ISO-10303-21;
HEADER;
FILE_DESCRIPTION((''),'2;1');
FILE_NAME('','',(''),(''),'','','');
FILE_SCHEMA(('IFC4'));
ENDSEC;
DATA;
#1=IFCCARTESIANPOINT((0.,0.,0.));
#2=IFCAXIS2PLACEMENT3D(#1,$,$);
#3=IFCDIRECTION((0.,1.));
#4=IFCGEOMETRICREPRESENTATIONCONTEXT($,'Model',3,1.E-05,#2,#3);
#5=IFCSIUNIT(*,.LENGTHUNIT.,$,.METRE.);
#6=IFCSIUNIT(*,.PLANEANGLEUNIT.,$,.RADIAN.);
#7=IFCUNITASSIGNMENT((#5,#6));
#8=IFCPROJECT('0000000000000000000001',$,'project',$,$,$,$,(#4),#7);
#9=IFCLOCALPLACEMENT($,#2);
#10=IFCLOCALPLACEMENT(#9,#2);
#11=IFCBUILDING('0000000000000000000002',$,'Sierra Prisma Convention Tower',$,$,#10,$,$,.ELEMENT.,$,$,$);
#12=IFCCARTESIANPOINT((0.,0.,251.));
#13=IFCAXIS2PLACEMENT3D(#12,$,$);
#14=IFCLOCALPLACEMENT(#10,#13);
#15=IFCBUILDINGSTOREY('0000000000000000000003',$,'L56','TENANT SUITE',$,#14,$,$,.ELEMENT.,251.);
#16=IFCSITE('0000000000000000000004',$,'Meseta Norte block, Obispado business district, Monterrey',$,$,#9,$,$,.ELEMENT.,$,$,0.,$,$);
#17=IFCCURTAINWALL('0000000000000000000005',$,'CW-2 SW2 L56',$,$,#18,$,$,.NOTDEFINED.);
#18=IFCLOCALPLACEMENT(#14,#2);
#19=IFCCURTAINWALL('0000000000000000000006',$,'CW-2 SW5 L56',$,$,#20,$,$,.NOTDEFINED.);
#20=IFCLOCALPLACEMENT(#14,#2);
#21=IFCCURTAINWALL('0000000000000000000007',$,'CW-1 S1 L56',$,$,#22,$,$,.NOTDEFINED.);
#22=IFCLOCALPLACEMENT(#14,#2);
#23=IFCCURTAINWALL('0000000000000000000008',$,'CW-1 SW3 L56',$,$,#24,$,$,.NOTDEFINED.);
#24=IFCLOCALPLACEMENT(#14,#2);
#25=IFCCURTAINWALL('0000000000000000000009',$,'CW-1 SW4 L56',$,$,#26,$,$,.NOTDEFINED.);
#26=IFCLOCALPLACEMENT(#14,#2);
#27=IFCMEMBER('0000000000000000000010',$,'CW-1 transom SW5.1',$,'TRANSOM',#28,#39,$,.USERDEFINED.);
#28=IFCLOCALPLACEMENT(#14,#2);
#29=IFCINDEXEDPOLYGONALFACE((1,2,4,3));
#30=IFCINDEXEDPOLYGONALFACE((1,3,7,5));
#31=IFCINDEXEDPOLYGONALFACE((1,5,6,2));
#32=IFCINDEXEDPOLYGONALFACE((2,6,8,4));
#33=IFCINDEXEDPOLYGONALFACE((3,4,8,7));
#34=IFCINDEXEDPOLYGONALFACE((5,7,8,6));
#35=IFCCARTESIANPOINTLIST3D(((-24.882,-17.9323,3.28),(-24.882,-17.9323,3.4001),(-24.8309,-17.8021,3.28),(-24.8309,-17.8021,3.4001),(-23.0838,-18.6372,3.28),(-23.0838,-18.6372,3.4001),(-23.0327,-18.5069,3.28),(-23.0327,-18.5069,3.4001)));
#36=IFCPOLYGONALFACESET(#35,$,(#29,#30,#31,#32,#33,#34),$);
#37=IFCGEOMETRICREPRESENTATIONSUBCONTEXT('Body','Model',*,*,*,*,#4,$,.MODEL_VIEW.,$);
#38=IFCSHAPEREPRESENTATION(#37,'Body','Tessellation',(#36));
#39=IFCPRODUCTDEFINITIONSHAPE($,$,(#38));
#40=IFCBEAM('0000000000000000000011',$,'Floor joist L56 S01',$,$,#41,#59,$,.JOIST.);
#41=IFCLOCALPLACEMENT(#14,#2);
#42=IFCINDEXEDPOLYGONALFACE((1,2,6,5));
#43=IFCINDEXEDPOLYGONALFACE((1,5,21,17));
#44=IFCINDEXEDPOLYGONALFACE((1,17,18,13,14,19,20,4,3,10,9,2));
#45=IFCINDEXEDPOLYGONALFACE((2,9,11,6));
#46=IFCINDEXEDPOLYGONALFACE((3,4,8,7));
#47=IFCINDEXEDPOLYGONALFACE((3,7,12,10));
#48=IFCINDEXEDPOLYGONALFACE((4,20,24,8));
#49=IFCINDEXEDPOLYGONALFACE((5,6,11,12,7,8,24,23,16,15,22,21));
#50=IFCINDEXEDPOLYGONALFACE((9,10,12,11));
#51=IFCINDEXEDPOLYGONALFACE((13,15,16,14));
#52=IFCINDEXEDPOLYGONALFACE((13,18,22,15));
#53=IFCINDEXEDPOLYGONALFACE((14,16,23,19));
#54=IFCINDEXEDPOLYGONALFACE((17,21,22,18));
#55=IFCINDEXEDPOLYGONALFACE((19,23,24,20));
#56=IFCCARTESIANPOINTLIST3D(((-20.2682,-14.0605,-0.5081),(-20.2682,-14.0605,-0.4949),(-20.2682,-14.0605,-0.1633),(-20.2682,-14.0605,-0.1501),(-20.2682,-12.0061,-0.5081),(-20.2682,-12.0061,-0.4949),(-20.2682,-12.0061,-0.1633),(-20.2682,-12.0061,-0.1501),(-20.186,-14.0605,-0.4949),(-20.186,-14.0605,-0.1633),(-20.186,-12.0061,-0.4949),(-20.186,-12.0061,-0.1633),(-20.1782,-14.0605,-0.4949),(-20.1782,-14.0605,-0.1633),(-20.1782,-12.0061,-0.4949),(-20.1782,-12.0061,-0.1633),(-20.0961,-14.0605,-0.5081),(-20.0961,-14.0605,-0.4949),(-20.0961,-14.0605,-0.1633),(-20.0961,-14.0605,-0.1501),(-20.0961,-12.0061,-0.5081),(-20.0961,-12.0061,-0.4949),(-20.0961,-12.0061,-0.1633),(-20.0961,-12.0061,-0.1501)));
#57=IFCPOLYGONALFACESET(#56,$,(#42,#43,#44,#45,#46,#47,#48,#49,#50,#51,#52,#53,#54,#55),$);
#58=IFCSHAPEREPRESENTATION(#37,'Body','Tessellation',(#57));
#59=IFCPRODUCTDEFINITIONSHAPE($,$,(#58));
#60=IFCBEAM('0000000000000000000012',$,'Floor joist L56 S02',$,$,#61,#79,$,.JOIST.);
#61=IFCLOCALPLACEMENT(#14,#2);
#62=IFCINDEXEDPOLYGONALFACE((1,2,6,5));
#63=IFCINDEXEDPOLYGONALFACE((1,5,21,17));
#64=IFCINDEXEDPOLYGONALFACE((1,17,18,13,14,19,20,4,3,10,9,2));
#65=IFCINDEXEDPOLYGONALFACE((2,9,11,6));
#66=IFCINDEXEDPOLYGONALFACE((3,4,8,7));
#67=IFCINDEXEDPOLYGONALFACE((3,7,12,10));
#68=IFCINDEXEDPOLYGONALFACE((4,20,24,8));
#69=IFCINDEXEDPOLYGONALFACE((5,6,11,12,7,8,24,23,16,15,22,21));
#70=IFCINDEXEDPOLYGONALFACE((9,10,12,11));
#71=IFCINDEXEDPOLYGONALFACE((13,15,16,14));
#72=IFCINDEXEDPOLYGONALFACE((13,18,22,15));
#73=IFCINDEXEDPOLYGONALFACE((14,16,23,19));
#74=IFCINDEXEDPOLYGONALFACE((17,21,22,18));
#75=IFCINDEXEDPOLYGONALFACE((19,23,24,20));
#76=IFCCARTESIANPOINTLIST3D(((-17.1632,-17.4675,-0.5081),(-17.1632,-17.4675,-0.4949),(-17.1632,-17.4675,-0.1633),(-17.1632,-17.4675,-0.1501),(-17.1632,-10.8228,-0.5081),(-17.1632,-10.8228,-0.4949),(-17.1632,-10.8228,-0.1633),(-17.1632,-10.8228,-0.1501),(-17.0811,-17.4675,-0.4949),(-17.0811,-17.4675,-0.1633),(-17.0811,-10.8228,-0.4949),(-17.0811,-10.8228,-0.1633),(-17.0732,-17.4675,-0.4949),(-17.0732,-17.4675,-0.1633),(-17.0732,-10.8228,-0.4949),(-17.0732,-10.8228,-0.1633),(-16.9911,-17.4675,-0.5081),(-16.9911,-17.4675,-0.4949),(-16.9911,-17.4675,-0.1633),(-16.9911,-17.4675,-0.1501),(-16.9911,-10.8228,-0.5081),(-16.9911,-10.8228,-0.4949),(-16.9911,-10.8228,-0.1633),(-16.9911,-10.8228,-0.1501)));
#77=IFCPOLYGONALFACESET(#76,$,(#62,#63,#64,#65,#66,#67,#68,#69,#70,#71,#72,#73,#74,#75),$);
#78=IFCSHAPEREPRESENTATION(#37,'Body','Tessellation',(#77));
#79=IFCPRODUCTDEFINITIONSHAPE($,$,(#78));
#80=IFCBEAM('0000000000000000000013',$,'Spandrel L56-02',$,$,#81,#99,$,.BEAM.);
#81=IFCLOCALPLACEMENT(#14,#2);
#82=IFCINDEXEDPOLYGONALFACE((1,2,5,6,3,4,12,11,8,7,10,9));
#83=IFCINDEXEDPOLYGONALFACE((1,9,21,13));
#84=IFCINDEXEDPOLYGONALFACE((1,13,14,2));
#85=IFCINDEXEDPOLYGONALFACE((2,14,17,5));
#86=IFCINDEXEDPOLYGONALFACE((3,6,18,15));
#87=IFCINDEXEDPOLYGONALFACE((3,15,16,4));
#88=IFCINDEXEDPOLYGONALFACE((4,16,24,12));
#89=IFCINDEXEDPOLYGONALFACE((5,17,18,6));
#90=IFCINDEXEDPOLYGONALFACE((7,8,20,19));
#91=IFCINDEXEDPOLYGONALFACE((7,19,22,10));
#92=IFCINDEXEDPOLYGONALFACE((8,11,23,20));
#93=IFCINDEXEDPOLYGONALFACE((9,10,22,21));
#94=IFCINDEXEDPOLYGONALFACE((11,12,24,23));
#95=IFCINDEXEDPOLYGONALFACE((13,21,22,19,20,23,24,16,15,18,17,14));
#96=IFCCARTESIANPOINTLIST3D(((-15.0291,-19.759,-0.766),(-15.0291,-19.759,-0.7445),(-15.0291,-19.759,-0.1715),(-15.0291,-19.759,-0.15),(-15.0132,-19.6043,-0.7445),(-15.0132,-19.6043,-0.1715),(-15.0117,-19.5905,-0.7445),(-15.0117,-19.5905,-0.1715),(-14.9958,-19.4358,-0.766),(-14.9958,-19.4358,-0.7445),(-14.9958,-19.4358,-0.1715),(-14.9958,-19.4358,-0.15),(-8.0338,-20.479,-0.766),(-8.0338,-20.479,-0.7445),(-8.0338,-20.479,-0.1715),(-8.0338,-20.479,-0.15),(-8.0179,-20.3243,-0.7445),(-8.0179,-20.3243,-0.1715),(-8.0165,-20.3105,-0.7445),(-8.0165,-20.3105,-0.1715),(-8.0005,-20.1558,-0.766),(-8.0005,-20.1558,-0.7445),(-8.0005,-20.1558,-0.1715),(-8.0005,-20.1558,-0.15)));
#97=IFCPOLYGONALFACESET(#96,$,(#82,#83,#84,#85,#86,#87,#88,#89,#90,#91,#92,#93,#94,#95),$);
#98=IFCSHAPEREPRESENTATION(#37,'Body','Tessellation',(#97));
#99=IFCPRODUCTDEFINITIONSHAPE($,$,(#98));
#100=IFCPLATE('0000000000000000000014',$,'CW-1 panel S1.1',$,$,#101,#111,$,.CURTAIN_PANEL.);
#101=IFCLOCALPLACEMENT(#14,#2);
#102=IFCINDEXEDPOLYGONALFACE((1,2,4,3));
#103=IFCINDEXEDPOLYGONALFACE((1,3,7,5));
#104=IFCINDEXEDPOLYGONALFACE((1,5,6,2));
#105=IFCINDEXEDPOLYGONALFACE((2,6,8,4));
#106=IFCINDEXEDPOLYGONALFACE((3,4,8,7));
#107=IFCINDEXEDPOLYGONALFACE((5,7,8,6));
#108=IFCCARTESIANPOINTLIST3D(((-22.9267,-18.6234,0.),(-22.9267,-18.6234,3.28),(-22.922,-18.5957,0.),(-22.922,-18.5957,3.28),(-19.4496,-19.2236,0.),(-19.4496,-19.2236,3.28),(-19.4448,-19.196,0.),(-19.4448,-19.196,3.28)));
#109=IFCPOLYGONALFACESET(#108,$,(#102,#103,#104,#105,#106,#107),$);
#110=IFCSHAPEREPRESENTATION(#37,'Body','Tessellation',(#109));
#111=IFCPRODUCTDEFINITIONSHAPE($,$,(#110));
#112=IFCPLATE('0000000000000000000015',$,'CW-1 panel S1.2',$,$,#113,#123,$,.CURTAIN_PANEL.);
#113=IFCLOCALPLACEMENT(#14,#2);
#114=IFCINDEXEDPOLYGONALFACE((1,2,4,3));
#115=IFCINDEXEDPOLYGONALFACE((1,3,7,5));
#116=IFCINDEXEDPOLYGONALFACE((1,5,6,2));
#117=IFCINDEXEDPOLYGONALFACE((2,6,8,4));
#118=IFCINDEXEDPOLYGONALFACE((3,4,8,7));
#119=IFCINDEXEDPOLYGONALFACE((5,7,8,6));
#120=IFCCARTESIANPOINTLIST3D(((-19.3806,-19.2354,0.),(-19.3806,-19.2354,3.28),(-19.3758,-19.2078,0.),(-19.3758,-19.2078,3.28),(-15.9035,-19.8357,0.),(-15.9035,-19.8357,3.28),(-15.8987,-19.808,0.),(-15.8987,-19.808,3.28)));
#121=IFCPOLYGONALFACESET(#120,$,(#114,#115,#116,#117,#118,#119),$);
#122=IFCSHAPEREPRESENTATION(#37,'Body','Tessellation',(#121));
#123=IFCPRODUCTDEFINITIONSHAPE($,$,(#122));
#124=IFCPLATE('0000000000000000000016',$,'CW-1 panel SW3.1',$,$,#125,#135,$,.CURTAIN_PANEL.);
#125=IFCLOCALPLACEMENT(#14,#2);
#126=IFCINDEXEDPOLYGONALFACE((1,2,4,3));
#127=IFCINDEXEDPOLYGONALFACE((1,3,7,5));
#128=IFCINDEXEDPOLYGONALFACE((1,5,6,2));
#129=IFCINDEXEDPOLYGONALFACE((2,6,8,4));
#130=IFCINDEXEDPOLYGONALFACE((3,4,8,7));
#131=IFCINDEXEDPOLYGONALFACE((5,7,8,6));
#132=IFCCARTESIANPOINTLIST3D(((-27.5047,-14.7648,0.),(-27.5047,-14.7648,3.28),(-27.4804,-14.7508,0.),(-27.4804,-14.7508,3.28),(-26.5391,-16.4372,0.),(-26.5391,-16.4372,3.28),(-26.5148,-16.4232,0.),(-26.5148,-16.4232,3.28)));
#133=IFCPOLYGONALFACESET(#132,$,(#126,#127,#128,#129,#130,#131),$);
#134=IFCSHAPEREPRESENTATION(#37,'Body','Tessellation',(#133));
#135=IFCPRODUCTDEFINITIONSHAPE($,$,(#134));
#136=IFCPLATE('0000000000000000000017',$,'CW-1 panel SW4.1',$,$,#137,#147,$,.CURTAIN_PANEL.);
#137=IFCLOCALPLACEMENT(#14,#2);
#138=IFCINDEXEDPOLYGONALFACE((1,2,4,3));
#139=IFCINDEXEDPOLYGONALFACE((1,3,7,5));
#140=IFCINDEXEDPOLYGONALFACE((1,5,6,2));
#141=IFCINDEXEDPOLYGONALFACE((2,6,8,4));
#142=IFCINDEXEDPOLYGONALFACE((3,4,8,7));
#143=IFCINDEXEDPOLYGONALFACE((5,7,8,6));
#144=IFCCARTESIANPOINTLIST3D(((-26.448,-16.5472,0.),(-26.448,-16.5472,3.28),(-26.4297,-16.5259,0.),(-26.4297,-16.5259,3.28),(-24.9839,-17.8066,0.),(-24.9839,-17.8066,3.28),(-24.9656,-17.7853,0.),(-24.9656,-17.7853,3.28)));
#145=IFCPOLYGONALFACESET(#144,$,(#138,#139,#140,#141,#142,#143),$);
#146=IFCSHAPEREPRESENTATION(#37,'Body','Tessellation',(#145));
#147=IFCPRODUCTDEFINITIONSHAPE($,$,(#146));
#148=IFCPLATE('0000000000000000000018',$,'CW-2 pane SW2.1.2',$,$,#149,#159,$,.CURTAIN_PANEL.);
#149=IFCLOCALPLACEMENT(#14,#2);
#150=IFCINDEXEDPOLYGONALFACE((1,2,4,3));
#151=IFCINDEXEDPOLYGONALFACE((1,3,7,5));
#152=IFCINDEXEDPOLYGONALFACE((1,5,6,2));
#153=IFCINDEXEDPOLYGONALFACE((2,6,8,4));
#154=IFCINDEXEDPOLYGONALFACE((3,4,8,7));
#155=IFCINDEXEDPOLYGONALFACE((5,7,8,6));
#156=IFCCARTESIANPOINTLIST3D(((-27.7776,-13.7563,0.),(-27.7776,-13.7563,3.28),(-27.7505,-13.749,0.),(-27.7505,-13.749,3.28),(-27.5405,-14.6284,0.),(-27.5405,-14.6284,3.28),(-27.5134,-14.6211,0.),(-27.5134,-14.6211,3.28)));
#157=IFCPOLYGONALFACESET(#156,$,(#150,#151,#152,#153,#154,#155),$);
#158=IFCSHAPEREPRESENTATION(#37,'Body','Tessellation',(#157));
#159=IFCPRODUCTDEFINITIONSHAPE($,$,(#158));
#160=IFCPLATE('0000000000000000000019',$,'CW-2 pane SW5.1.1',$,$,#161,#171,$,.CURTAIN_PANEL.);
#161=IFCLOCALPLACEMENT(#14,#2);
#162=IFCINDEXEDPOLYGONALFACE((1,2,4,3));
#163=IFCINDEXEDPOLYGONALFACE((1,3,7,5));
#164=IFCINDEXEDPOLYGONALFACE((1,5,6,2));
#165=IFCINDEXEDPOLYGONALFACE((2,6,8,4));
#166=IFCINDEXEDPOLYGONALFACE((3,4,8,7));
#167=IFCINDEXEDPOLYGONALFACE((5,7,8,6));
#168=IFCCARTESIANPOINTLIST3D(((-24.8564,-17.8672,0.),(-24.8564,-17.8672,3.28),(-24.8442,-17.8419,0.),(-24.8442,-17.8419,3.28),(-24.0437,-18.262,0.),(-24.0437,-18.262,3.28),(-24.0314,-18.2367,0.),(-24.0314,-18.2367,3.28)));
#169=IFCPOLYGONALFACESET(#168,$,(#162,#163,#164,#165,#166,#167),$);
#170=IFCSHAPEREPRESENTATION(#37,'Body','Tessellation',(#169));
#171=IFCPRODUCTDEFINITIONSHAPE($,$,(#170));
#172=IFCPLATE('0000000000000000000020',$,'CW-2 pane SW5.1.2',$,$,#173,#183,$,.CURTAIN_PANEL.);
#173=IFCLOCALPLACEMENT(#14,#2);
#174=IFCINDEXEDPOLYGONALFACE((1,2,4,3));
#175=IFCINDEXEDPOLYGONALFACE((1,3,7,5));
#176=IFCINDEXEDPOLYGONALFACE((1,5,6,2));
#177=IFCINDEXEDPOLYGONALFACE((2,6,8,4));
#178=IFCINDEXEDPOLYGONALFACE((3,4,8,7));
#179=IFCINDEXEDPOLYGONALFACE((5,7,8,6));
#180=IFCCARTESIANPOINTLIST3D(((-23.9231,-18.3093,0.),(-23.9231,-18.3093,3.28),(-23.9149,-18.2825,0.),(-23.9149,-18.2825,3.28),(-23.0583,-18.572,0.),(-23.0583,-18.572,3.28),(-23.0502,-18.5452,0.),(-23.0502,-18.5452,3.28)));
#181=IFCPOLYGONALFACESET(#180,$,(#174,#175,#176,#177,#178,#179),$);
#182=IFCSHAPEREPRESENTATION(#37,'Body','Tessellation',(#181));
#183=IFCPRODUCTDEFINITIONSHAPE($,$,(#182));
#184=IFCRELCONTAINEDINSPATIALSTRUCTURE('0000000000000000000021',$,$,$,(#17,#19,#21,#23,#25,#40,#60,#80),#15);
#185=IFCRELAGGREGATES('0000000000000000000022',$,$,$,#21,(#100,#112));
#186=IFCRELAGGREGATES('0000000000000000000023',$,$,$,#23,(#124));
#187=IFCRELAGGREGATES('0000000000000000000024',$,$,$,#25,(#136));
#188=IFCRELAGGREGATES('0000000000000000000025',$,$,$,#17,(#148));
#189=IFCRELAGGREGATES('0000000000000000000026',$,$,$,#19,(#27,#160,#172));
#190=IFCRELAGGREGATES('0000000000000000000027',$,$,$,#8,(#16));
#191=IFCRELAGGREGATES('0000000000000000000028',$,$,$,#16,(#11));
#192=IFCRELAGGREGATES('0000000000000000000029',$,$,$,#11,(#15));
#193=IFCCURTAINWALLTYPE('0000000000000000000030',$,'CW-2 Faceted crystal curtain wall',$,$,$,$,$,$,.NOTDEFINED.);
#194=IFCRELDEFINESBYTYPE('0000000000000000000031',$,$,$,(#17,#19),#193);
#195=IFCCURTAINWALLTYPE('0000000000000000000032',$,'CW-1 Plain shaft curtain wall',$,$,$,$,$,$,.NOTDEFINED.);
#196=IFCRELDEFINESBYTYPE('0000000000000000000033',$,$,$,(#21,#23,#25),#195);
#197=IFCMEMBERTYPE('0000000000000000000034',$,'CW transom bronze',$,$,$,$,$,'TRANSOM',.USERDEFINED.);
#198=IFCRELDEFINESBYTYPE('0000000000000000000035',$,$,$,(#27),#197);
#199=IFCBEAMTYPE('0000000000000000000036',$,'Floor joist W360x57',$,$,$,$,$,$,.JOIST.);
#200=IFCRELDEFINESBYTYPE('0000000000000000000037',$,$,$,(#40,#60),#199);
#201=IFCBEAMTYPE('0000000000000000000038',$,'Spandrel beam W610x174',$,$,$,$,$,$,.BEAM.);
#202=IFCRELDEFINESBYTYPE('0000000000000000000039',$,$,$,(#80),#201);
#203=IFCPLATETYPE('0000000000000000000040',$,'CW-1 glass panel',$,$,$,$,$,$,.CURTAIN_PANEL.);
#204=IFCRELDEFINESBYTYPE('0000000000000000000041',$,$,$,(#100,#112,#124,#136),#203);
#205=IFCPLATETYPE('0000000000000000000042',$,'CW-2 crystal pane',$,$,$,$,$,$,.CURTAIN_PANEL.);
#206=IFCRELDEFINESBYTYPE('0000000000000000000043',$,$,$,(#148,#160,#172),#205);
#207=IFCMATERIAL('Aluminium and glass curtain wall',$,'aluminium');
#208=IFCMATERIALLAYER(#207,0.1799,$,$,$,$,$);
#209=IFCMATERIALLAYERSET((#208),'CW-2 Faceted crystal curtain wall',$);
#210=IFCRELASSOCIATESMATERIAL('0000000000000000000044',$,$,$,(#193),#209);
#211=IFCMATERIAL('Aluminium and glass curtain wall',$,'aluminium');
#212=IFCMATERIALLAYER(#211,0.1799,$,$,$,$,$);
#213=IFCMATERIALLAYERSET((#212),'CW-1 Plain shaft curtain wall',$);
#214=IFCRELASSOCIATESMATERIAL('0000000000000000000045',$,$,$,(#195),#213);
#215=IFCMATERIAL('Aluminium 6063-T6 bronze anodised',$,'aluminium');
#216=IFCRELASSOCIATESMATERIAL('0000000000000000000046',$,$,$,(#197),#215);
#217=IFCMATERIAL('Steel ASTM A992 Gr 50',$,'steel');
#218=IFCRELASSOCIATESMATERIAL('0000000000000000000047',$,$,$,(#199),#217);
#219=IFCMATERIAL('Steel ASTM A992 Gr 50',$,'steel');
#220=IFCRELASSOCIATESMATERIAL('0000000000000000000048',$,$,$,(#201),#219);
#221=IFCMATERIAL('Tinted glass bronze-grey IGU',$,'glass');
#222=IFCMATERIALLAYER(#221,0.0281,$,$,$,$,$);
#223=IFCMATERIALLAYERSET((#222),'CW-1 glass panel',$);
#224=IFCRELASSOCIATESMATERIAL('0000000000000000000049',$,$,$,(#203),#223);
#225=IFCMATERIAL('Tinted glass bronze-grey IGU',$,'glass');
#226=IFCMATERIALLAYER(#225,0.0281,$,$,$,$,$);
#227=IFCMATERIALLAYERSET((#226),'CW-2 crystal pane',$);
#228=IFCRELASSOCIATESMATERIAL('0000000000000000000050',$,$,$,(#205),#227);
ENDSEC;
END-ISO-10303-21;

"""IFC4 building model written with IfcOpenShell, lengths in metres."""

from ifc_helpers import new_model, si_unit, direction, frame, origin, origin_2d, place, context, subcontext, project, spatial, polyline, rectangle, i_section, outline, extrude, material, layer, layer_set, material_profile, profile_set, type_object, element, aggregate, save


model = new_model("IFC4")

# Units and contexts
model_context = context("Model", 3, precision=1e-05, world=origin(), true_north=direction((0.0, 1.0)))
body_context = subcontext(model_context, "Body", "Model", "MODEL_VIEW")
ifc_project = project(units=[si_unit("LENGTHUNIT", "METRE"), si_unit("PLANEANGLEUNIT", "RADIAN")], contexts=[model_context])

# Site, building, storey
site_placement = place(None, origin())
site = spatial("IfcSite", under=ifc_project, at=site_placement, Name="Meseta Norte block, Obispado business district, Monterrey", CompositionType="ELEMENT", RefElevation=0.0)
building_placement = place(site_placement, origin())
building = spatial("IfcBuilding", under=site, at=building_placement, Name="Sierra Prisma Convention Tower", CompositionType="ELEMENT")
storey_placement = place(building_placement, frame((0.0, 0.0, 251.0)))
storey = spatial("IfcBuildingStorey", under=building, at=storey_placement, Name="L56", Description="TENANT SUITE", CompositionType="ELEMENT", Elevation=251.0)

# Curtain walls
ifc_material_1 = material(Name="Aluminium and glass curtain wall", Category="aluminium")
ifc_layer_1 = layer(ifc_material_1, 0.1799)
ifc_layer_set_1 = layer_set([ifc_layer_1], Name="CW-2 Faceted crystal curtain wall")
curtain_wall_type_1 = type_object("IfcCurtainWallType", Name="CW-2 Faceted crystal curtain wall", PredefinedType="NOTDEFINED", material=ifc_layer_set_1)
curtain_wall_1_placement = place(storey_placement, origin())
curtain_wall_1 = element("IfcCurtainWall", 1, at=curtain_wall_1_placement, inside=storey, type_object=curtain_wall_type_1, Name="CW-2 SW2 L56", PredefinedType="NOTDEFINED")
curtain_wall_2_placement = place(storey_placement, origin())
curtain_wall_2 = element("IfcCurtainWall", 2, at=curtain_wall_2_placement, inside=storey, type_object=curtain_wall_type_1, Name="CW-2 SW5 L56", PredefinedType="NOTDEFINED")

# Curtain wall
ifc_material_2 = material(Name="Aluminium and glass curtain wall", Category="aluminium")
ifc_layer_2 = layer(ifc_material_2, 0.1799)
ifc_layer_set_2 = layer_set([ifc_layer_2], Name="CW-1 Plain shaft curtain wall")
curtain_wall_type_2 = type_object("IfcCurtainWallType", Name="CW-1 Plain shaft curtain wall", PredefinedType="NOTDEFINED", material=ifc_layer_set_2)
curtain_wall_3_placement = place(storey_placement, origin())
curtain_wall_3 = element("IfcCurtainWall", 3, at=curtain_wall_3_placement, inside=storey, type_object=curtain_wall_type_2, Name="CW-1 S1 L56", PredefinedType="NOTDEFINED")

# Curtain walls
curtain_wall_4_placement = place(storey_placement, origin())
curtain_wall_4 = element("IfcCurtainWall", 4, at=curtain_wall_4_placement, inside=storey, type_object=curtain_wall_type_2, Name="CW-1 SW3 L56", PredefinedType="NOTDEFINED")
curtain_wall_5_placement = place(storey_placement, origin())
curtain_wall_5 = element("IfcCurtainWall", 5, at=curtain_wall_5_placement, inside=storey, type_object=curtain_wall_type_2, Name="CW-1 SW4 L56", PredefinedType="NOTDEFINED")

# Member
ifc_material_3 = material(Name="Aluminium 6063-T6 bronze anodised", Category="aluminium")
ifc_material_profile_1 = material_profile(ifc_material_3, rectangle(XDim=0.1399, YDim=0.1201, at=origin_2d()), Name="ALU TRANSOM 120x140")
ifc_profile_set_1 = profile_set([ifc_material_profile_1], Name="Aluminium 6063-T6 bronze anodised")
member_type_1 = type_object("IfcMemberType", Name="CW transom bronze", ElementType="TRANSOM", PredefinedType="USERDEFINED", material=ifc_profile_set_1)
member_1_placement = place(storey_placement, frame((-24.8564, -17.8672, 3.3401), z_axis=(0.931026, -0.364952, 0.0), x_axis=(0.364952, 0.931026, 0.0)))
member_1 = element("IfcMember", 6, at=member_1_placement, type_object=member_type_1, Name="CW-1 transom SW5.1", ObjectType="TRANSOM", PredefinedType="USERDEFINED", context=body_context, shape_type="SweptSolid", body=[
    extrude(rectangle(XDim=0.1399, YDim=0.1201, at=origin_2d()), origin(), (0.0, 0.0, 1.0), 1.9314),
])

# Beams
ifc_material_4 = material(Name="Steel ASTM A992 Gr 50", Category="steel")
ifc_material_profile_2 = material_profile(ifc_material_4, i_section(OverallWidth=0.1721, OverallDepth=0.3579, WebThickness=0.0078, FlangeThickness=0.0132, at=origin_2d()), Name="W360x57")
ifc_profile_set_2 = profile_set([ifc_material_profile_2], Name="Steel ASTM A992 Gr 50")
beam_type_1 = type_object("IfcBeamType", Name="Floor joist W360x57", PredefinedType="JOIST", material=ifc_profile_set_2)
beam_1_placement = place(storey_placement, frame((-20.1821, -14.0605, -0.3291), z_axis=(0.0, 1.0, 0.0), x_axis=(-1.0, 0.0, 0.0)))
element("IfcBeam", 7, at=beam_1_placement, inside=storey, type_object=beam_type_1, Name="Floor joist L56 S01", PredefinedType="JOIST", context=body_context, shape_type="SweptSolid", body=[
    extrude(i_section(OverallWidth=0.1721, OverallDepth=0.3579, WebThickness=0.0078, FlangeThickness=0.0132, at=origin_2d()), origin(), (0.0, 0.0, 1.0), 2.0544),
])
beam_2_placement = place(storey_placement, frame((-17.0771, -17.4675, -0.3291), z_axis=(0.0, 1.0, 0.0), x_axis=(-1.0, 0.0, 0.0)))
element("IfcBeam", 8, at=beam_2_placement, inside=storey, type_object=beam_type_1, Name="Floor joist L56 S02", PredefinedType="JOIST", context=body_context, shape_type="SweptSolid", body=[
    extrude(i_section(OverallWidth=0.1721, OverallDepth=0.3579, WebThickness=0.0078, FlangeThickness=0.0132, at=origin_2d()), origin(), (0.0, 0.0, 1.0), 6.6448),
])
ifc_material_5 = material(Name="Steel ASTM A992 Gr 50", Category="steel")
ifc_material_profile_3 = material_profile(ifc_material_5, i_section(OverallWidth=0.325, OverallDepth=0.616, WebThickness=0.0139, FlangeThickness=0.0215, at=origin_2d()), Name="W610x174")
ifc_profile_set_3 = profile_set([ifc_material_profile_3], Name="Steel ASTM A992 Gr 50")
beam_type_2 = type_object("IfcBeamType", Name="Spandrel beam W610x174", PredefinedType="BEAM", material=ifc_profile_set_3)
beam_3_placement = place(storey_placement, frame((-15.0125, -19.5974, -0.458), z_axis=(0.994745, -0.10238, 0.0), x_axis=(0.10238, 0.994745, 0.0)))
element("IfcBeam", 9, at=beam_3_placement, inside=storey, type_object=beam_type_2, Name="Spandrel L56-02", PredefinedType="BEAM", context=body_context, shape_type="SweptSolid", body=[
    extrude(i_section(OverallWidth=0.325, OverallDepth=0.616, WebThickness=0.0139, FlangeThickness=0.0215, at=origin_2d()), origin(), (0.0, 0.0, 1.0), 7.0322),
])

# Plates
ifc_material_6 = material(Name="Tinted glass bronze-grey IGU", Category="glass")
ifc_layer_3 = layer(ifc_material_6, 0.0281)
ifc_layer_set_3 = layer_set([ifc_layer_3], Name="CW-1 glass panel")
plate_type_1 = type_object("IfcPlateType", Name="CW-1 glass panel", PredefinedType="CURTAIN_PANEL", material=ifc_layer_set_3)
plate_1_placement = place(storey_placement, frame((-21.1858, -18.9097, 0.0), z_axis=(0.0, 0.0, 1.0), x_axis=(0.985423, -0.170121, 0.0)))
plate_1 = element("IfcPlate", 10, at=plate_1_placement, type_object=plate_type_1, Name="CW-1 panel S1.1", PredefinedType="CURTAIN_PANEL", context=body_context, shape_type="SweptSolid", body=[
    extrude(rectangle(XDim=3.5286, YDim=0.0281, at=origin_2d()), origin(), (0.0, 0.0, 1.0), 3.28),
])
plate_2_placement = place(storey_placement, frame((-17.6396, -19.5217, 0.0), z_axis=(0.0, 0.0, 1.0), x_axis=(0.985423, -0.170121, 0.0)))
plate_2 = element("IfcPlate", 11, at=plate_2_placement, type_object=plate_type_1, Name="CW-1 panel S1.2", PredefinedType="CURTAIN_PANEL", context=body_context, shape_type="SweptSolid", body=[
    extrude(rectangle(XDim=3.5286, YDim=0.0281, at=origin_2d()), origin(), (0.0, 0.0, 1.0), 3.28),
])
aggregate(curtain_wall_3, [plate_1, plate_2])
plate_3_placement = place(storey_placement, frame((-27.0098, -15.594, 0.0), z_axis=(0.0, 0.0, 1.0), x_axis=(0.5, -0.866025, 0.0)))
plate_3 = element("IfcPlate", 12, at=plate_3_placement, type_object=plate_type_1, Name="CW-1 panel SW3.1", PredefinedType="CURTAIN_PANEL", context=body_context, shape_type="SweptSolid", body=[
    extrude(rectangle(XDim=1.9312, YDim=0.0281, at=origin_2d()), origin(), (0.0, 0.0, 1.0), 3.28),
])
aggregate(curtain_wall_4, [plate_3])
plate_4_placement = place(storey_placement, frame((-25.7068, -17.1663, 0.0), z_axis=(0.0, 0.0, 1.0), x_axis=(0.758117, -0.652119, 0.0)))
plate_4 = element("IfcPlate", 13, at=plate_4_placement, type_object=plate_type_1, Name="CW-1 panel SW4.1", PredefinedType="CURTAIN_PANEL", context=body_context, shape_type="SweptSolid", body=[
    extrude(rectangle(XDim=1.9312, YDim=0.0281, at=origin_2d()), origin(), (0.0, 0.0, 1.0), 3.28),
])
aggregate(curtain_wall_5, [plate_4])
ifc_material_7 = material(Name="Tinted glass bronze-grey IGU", Category="glass")
ifc_layer_4 = layer(ifc_material_7, 0.0281)
ifc_layer_set_4 = layer_set([ifc_layer_4], Name="CW-2 crystal pane")
plate_type_2 = type_object("IfcPlateType", Name="CW-2 crystal pane", PredefinedType="CURTAIN_PANEL", material=ifc_layer_set_4)
plate_5_placement = place(storey_placement, frame((-27.5405, -14.6284, 0.0), z_axis=(-0.964982, -0.262317, 0.0), x_axis=(-0.262317, 0.964982, 0.0)))
plate_5 = element("IfcPlate", 14, at=plate_5_placement, type_object=plate_type_2, Name="CW-2 pane SW2.1.2", PredefinedType="CURTAIN_PANEL", context=body_context, shape_type="SweptSolid", body=[
    extrude(outline(polyline([(0.0, 0.0), (0.9037, 0.0), (0.9037, -3.28), (0.0, -3.28), (0.0, 0.0)])), origin(), (0.0, 0.0, -1.0), 0.0281),
])
aggregate(curtain_wall_1, [plate_5])
plate_6_placement = place(storey_placement, frame((-24.8564, -17.8672, 0.0), z_axis=(-0.436916, -0.899502, 0.0), x_axis=(0.899502, -0.436916, 0.0)))
plate_6 = element("IfcPlate", 15, at=plate_6_placement, type_object=plate_type_2, Name="CW-2 pane SW5.1.1", PredefinedType="CURTAIN_PANEL", context=body_context, shape_type="SweptSolid", body=[
    extrude(outline(polyline([(0.0, 0.0), (0.9035, 0.0), (0.9035, 3.28), (0.0, 3.28), (0.0, 0.0)])), origin(), (0.0, 0.0, -1.0), 0.0281),
])
plate_7_placement = place(storey_placement, frame((-23.0583, -18.572, 0.0), z_axis=(-0.290667, -0.956824, 0.0), x_axis=(-0.956824, 0.290667, 0.0)))
plate_7 = element("IfcPlate", 16, at=plate_7_placement, type_object=plate_type_2, Name="CW-2 pane SW5.1.2", PredefinedType="CURTAIN_PANEL", context=body_context, shape_type="SweptSolid", body=[
    extrude(outline(polyline([(0.0, 0.0), (0.9038, 0.0), (0.9038, -3.28), (0.0, -3.28), (0.0, 0.0)])), origin(), (0.0, 0.0, -1.0), 0.0281),
])
aggregate(curtain_wall_2, [member_1, plate_6, plate_7])

save(model, "model.ifc")
